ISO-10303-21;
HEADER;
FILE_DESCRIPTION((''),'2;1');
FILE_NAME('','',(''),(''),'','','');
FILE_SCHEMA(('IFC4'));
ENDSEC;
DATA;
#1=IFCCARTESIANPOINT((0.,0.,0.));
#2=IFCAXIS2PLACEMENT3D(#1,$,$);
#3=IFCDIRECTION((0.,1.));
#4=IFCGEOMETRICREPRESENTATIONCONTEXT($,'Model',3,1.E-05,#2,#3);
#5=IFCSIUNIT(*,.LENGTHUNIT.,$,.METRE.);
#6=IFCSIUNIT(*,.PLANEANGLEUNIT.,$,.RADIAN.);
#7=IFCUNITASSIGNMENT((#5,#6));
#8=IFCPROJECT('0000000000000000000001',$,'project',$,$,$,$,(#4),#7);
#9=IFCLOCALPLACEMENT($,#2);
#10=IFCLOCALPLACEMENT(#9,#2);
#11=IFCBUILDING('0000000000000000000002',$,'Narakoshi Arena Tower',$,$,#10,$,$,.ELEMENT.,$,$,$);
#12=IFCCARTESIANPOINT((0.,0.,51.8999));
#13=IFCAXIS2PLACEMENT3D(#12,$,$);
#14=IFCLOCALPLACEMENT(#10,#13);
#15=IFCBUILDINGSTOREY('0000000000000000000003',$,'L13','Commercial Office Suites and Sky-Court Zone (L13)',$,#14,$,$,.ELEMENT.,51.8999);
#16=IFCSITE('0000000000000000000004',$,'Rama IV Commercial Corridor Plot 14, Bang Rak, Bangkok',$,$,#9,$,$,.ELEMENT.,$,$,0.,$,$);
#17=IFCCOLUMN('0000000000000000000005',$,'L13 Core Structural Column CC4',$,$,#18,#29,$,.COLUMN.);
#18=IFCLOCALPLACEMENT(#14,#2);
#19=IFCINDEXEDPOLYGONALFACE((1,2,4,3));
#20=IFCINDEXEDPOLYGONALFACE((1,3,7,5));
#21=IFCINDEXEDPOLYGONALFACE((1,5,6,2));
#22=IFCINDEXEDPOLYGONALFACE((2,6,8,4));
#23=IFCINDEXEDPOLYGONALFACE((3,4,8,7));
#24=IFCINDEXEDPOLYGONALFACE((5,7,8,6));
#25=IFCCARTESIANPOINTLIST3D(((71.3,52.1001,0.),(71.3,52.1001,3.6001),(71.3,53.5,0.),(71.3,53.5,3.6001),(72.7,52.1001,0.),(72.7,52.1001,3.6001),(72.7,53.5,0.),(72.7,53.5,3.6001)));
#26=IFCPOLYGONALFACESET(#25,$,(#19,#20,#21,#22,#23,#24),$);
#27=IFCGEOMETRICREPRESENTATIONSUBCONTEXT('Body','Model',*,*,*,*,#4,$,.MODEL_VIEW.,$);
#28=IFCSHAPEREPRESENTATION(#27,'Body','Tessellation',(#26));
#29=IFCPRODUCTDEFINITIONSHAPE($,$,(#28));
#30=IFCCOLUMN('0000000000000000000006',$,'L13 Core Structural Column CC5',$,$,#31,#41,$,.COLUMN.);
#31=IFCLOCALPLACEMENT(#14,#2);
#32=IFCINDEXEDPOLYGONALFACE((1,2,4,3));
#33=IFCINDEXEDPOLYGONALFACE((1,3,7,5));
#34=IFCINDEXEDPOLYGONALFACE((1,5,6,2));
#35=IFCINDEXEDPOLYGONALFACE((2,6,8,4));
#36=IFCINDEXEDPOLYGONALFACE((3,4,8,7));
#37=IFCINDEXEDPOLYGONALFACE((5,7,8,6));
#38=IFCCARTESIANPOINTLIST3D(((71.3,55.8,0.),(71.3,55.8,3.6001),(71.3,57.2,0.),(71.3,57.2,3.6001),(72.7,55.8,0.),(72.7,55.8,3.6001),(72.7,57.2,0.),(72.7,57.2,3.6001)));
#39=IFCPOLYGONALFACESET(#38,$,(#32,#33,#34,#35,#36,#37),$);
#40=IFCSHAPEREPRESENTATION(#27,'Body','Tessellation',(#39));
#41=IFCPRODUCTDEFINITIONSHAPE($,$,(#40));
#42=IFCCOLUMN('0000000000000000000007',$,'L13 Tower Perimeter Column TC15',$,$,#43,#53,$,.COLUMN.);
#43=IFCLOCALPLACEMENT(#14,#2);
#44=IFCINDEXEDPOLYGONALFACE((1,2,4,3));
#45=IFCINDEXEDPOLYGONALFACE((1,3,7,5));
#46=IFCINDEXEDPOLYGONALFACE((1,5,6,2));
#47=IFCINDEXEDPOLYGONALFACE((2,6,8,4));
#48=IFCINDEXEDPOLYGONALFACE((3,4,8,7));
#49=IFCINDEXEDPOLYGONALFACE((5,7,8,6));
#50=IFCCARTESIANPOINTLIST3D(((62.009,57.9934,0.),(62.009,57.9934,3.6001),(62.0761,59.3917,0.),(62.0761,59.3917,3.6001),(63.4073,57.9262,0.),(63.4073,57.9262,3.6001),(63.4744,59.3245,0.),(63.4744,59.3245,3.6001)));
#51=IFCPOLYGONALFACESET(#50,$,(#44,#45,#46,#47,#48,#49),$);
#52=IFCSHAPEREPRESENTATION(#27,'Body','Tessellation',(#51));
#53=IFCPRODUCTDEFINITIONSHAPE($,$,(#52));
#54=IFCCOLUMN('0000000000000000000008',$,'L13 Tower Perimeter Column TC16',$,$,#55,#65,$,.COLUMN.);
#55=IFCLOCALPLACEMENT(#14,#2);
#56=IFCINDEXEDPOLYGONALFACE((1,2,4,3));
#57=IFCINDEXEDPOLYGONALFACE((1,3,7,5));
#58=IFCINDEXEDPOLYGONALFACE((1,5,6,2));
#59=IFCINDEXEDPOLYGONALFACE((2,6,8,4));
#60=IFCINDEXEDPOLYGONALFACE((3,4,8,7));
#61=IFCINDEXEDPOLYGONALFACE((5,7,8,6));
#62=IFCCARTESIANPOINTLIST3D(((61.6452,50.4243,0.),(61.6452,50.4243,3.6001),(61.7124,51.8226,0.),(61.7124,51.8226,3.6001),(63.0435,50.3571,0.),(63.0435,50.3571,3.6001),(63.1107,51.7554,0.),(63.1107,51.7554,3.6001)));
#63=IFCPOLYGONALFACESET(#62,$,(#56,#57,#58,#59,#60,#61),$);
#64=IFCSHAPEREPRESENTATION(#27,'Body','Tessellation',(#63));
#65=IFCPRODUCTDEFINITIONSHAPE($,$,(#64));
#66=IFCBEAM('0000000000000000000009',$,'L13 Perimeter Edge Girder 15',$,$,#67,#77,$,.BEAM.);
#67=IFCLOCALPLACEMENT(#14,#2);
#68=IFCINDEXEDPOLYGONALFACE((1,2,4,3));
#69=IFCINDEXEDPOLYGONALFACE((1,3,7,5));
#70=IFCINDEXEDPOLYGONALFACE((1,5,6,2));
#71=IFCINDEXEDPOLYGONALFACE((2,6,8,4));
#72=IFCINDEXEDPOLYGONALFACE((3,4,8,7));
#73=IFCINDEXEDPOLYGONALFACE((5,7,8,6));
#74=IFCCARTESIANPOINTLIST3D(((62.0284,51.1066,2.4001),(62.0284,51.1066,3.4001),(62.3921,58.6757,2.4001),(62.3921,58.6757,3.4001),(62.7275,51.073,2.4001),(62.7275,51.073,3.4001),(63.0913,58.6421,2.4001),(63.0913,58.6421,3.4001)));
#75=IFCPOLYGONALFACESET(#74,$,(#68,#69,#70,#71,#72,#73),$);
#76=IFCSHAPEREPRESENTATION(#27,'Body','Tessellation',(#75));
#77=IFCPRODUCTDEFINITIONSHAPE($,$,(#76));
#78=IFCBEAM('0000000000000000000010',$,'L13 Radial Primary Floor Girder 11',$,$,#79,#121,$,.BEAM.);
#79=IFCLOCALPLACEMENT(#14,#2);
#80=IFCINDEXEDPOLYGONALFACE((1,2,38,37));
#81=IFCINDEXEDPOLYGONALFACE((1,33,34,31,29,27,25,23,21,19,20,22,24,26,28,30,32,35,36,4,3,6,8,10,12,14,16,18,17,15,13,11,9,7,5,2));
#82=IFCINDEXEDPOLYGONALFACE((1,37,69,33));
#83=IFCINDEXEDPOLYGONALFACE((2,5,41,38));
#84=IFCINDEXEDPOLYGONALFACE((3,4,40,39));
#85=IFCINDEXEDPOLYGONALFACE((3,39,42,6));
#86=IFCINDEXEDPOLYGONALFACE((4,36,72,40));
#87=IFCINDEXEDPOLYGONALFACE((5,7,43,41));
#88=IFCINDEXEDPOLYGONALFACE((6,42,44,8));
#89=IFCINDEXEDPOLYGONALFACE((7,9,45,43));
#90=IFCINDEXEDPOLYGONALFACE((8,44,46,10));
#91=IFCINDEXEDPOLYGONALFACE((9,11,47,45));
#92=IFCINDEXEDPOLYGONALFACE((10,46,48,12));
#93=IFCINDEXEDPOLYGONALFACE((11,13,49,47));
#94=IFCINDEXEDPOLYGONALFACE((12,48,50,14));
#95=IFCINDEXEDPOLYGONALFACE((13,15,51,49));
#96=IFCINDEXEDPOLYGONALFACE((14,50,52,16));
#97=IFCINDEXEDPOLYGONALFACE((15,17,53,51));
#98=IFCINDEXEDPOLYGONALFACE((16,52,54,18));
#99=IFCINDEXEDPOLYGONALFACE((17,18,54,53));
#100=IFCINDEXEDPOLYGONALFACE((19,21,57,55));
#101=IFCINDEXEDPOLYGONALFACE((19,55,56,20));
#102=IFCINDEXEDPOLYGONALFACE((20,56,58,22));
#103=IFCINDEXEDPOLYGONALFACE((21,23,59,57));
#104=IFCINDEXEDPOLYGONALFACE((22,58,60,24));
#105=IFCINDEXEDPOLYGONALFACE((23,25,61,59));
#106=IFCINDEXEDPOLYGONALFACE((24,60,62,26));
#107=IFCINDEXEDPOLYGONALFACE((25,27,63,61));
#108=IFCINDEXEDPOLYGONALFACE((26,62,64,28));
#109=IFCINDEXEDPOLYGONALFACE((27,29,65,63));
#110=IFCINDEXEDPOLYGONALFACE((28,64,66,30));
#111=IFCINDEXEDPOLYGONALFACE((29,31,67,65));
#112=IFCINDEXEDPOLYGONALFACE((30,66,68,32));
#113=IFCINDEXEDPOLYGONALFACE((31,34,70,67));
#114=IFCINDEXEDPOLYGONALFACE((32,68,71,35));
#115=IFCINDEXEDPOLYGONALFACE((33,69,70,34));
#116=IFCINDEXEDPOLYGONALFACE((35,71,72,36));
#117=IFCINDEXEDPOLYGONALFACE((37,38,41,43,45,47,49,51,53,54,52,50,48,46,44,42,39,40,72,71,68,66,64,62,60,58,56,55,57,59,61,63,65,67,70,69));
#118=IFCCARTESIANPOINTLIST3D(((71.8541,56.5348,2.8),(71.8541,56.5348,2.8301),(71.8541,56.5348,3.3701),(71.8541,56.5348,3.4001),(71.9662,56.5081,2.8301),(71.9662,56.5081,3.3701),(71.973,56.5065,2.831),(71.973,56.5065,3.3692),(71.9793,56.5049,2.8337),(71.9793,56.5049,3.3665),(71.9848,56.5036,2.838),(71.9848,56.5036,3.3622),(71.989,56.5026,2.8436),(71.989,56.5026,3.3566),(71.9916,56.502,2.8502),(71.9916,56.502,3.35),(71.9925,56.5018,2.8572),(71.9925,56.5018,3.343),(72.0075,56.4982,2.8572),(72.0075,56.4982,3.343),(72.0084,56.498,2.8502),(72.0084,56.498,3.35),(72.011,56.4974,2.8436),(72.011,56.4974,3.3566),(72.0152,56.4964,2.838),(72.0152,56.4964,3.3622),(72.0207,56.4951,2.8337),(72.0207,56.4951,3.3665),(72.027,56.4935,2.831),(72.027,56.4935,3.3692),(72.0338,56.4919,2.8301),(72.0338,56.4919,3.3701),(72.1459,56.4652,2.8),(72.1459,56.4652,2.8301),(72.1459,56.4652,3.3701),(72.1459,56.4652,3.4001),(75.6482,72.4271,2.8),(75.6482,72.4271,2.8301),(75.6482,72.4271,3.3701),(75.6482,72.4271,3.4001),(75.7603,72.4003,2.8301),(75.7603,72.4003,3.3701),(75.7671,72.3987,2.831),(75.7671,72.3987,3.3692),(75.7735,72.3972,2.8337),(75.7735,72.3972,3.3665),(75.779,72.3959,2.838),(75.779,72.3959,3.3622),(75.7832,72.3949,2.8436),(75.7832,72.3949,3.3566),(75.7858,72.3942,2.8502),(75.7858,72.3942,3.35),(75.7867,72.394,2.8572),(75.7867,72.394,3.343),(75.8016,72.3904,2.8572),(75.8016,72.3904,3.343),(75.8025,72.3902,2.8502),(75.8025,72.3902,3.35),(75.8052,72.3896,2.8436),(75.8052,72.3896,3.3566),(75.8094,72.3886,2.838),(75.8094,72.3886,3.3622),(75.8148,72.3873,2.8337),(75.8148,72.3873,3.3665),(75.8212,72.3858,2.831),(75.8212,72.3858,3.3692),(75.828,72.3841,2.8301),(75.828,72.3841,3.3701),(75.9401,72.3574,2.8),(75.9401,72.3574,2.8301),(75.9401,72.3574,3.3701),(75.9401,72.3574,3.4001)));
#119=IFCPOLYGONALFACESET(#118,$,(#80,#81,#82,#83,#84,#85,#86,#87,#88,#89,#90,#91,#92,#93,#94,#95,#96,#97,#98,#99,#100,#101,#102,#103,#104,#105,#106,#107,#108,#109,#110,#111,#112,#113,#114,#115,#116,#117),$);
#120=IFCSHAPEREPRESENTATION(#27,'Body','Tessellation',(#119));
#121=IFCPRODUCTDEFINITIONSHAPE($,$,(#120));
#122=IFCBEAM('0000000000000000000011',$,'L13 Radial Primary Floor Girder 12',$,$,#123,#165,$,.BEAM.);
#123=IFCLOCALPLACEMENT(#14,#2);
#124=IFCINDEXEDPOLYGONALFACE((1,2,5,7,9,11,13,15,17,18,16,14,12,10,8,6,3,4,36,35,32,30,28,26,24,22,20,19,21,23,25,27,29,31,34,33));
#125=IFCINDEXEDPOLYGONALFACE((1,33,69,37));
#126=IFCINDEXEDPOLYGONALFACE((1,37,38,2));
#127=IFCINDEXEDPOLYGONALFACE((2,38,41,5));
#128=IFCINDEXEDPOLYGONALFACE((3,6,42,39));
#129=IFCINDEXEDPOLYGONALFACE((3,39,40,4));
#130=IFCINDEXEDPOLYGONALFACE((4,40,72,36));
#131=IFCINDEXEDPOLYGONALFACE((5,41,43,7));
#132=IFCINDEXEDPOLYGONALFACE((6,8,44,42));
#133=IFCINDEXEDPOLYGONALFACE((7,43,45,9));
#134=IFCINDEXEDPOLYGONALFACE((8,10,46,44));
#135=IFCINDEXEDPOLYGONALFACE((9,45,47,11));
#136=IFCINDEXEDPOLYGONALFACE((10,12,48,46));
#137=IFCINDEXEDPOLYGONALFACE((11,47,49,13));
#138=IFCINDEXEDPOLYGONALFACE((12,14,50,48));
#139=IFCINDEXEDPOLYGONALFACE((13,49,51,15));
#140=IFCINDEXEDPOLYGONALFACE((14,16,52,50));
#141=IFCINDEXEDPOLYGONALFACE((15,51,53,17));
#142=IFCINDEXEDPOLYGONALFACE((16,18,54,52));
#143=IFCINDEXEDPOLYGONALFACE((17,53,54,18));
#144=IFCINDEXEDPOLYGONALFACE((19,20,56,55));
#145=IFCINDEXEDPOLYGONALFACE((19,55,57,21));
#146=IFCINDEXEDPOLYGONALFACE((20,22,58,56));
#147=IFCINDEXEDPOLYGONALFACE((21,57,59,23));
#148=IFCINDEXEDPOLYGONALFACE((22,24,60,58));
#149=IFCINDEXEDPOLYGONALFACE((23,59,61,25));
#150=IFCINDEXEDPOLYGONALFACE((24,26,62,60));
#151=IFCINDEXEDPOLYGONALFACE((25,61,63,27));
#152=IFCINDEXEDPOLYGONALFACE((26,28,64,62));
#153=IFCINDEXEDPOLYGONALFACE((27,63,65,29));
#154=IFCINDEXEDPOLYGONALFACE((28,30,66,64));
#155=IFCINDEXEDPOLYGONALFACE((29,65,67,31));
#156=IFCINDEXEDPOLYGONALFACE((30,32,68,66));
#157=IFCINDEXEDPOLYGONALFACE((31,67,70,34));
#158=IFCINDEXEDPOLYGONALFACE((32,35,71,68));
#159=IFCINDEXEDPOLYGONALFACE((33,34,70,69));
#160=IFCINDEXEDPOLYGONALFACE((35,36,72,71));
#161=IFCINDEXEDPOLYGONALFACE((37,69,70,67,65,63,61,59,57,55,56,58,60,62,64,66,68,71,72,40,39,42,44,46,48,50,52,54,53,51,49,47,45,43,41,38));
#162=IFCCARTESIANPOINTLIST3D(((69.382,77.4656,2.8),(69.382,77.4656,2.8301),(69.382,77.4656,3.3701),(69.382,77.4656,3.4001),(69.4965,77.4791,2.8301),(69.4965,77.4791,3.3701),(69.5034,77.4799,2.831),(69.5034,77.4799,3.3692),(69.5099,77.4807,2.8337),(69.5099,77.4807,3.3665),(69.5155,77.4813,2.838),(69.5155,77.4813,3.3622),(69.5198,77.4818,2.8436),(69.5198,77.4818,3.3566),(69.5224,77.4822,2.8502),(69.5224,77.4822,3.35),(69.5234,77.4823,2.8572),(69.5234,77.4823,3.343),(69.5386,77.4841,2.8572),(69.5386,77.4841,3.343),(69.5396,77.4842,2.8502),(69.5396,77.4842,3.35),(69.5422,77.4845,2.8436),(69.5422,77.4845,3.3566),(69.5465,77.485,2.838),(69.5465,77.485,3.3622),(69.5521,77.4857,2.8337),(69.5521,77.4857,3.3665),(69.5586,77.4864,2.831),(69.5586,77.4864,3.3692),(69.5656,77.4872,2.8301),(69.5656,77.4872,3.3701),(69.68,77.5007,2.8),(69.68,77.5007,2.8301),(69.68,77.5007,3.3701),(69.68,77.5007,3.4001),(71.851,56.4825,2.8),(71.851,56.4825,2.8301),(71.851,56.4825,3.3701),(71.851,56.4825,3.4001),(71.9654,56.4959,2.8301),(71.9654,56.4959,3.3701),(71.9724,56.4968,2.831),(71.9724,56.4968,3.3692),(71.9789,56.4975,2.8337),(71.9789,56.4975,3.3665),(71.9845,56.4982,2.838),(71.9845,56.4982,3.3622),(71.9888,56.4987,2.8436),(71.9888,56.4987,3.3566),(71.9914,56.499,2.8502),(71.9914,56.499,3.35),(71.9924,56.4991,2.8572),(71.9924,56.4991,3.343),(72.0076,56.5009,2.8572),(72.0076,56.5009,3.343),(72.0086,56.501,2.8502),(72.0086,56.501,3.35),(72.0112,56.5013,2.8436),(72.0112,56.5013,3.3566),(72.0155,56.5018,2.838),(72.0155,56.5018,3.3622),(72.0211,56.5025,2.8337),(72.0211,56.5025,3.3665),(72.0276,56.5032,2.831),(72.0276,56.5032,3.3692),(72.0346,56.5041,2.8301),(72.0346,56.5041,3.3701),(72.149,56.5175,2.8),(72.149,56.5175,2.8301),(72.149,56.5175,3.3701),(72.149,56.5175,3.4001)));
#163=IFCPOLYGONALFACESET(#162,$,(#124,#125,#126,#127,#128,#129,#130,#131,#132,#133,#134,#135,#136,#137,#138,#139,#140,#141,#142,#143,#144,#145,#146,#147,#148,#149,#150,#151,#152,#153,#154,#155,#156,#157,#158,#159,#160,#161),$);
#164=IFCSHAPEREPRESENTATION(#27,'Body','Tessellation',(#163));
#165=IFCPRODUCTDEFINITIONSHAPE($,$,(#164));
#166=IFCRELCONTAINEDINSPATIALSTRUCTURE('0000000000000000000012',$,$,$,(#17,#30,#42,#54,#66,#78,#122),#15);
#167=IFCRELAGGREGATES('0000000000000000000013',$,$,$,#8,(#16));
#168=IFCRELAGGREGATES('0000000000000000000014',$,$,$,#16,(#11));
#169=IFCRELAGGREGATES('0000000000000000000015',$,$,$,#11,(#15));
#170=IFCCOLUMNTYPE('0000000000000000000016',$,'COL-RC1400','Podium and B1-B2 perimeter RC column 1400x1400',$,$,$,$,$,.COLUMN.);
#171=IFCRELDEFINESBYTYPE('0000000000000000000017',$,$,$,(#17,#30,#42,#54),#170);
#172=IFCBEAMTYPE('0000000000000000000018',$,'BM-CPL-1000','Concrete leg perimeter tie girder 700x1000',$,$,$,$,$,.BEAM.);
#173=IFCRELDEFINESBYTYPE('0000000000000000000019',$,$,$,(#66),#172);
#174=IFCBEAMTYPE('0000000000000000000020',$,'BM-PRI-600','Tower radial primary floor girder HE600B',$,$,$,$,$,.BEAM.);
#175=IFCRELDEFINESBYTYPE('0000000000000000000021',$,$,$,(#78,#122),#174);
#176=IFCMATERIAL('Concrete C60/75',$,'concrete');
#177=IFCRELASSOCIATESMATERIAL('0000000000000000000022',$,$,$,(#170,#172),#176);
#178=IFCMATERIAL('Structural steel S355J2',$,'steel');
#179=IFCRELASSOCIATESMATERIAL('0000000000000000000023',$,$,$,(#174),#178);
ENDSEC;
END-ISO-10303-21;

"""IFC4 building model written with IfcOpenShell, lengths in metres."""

from ifc_helpers import new_model, si_unit, direction, frame, origin, origin_2d, place, context, subcontext, project, spatial, rectangle, i_section, extrude, material, material_profile, profile_set, type_object, element, save


model = new_model("IFC4")

# Units and contexts
model_context = context("Model", 3, precision=1e-05, world=origin(), true_north=direction((0.0, 1.0)))
body_context = subcontext(model_context, "Body", "Model", "MODEL_VIEW")
ifc_project = project(units=[si_unit("LENGTHUNIT", "METRE"), si_unit("PLANEANGLEUNIT", "RADIAN")], contexts=[model_context])

# Site, building, storey
site_placement = place(None, origin())
site = spatial("IfcSite", under=ifc_project, at=site_placement, Name="Rama IV Commercial Corridor Plot 14, Bang Rak, Bangkok", CompositionType="ELEMENT", RefElevation=0.0)
building_placement = place(site_placement, origin())
building = spatial("IfcBuilding", under=site, at=building_placement, Name="Narakoshi Arena Tower", CompositionType="ELEMENT")
storey_placement = place(building_placement, frame((0.0, 0.0, 51.8999)))
storey = spatial("IfcBuildingStorey", under=building, at=storey_placement, Name="L13", Description="Commercial Office Suites and Sky-Court Zone (L13)", CompositionType="ELEMENT", Elevation=51.8999)

# Columns
ifc_material_1 = material(Name="Concrete C60/75", Category="concrete")
ifc_material_profile_1 = material_profile(ifc_material_1, rectangle(XDim=1.3999, YDim=1.3999, at=origin_2d()), Name="RC1400x1400")
ifc_profile_set_1 = profile_set([ifc_material_profile_1], Name="Concrete C60/75")
column_type = type_object("IfcColumnType", Name="COL-RC1400", Description="Podium and B1-B2 perimeter RC column 1400x1400", PredefinedType="COLUMN", material=ifc_profile_set_1)
for number, where, z_axis, x_axis, name in (
    (1, (72.0, 52.8, 0.0), (0.0, 0.0, 1.0), (1.0, 0.0, 0.0), "L13 Core Structural Column CC4"),
    (2, (72.0, 56.5, 0.0), (0.0, 0.0, 1.0), (1.0, 0.0, 0.0), "L13 Core Structural Column CC5"),
    (3, (62.7417, 58.6589, 0.0), (0.0, 0.0, 1.0), (0.047978, 0.998848, 0.0), "L13 Tower Perimeter Column TC15"),
    (4, (62.3779, 51.0898, 0.0), (0.0, 0.0, 1.0), (0.047978, 0.998848, 0.0), "L13 Tower Perimeter Column TC16"),
):
    element("IfcColumn", number, at=place(storey_placement, frame(where, z_axis=z_axis, x_axis=x_axis)), inside=storey, type_object=column_type, Name=name, PredefinedType="COLUMN", context=body_context, shape_type="SweptSolid", body=[
        extrude(rectangle(XDim=1.3999, YDim=1.3999, at=origin_2d()), origin(), (0.0, 0.0, 1.0), 3.6001),
    ])

# Beams
ifc_material_profile_2 = material_profile(ifc_material_1, rectangle(XDim=0.7, YDim=1.0, at=origin_2d()), Name="RCB700x1000")
ifc_profile_set_2 = profile_set([ifc_material_profile_2], Name="Concrete C60/75")
beam_type_1 = type_object("IfcBeamType", Name="BM-CPL-1000", Description="Concrete leg perimeter tie girder 700x1000", PredefinedType="BEAM", material=ifc_profile_set_2)
beam_1_placement = place(storey_placement, frame((62.7417, 58.6589, 2.9001), z_axis=(-0.048004, -0.998847, 0.0), x_axis=(0.998847, -0.048004, 0.0)))
element("IfcBeam", 5, at=beam_1_placement, inside=storey, type_object=beam_type_1, Name="L13 Perimeter Edge Girder 15", PredefinedType="BEAM", context=body_context, shape_type="SweptSolid", body=[
    extrude(rectangle(XDim=0.7, YDim=1.0, at=origin_2d()), origin(), (0.0, 0.0, 1.0), 7.5779),
])
ifc_material_2 = material(Name="Structural steel S355J2", Category="steel")
ifc_material_profile_3 = material_profile(ifc_material_2, i_section(OverallWidth=0.3, OverallDepth=0.6001, WebThickness=0.0154, FlangeThickness=0.03, FilletRadius=0.0271, at=origin_2d()), Name="HE600B")
ifc_profile_set_3 = profile_set([ifc_material_profile_3], Name="Structural steel S355J2")
beam_type_2 = type_object("IfcBeamType", Name="BM-PRI-600", Description="Tower radial primary floor girder HE600B", PredefinedType="BEAM", material=ifc_profile_set_3)
beam_2_placement = place(storey_placement, frame((72.0, 56.5, 3.1001), z_axis=(0.232217, 0.972664, 0.0), x_axis=(-0.972664, 0.232217, 0.0)))
element("IfcBeam", 6, at=beam_2_placement, inside=storey, type_object=beam_type_2, Name="L13 Radial Primary Floor Girder 11", PredefinedType="BEAM", context=body_context, shape_type="SweptSolid", body=[
    extrude(i_section(OverallWidth=0.3, OverallDepth=0.6001, WebThickness=0.0154, FlangeThickness=0.03, FilletRadius=0.0271, at=origin_2d()), origin(), (0.0, 0.0, 1.0), 16.3389),
])
beam_3_placement = place(storey_placement, frame((72.0, 56.5, 3.1001), z_axis=(-0.116859, 0.993148, 0.0), x_axis=(-0.993148, -0.116859, 0.0)))
element("IfcBeam", 7, at=beam_3_placement, inside=storey, type_object=beam_type_2, Name="L13 Radial Primary Floor Girder 12", PredefinedType="BEAM", context=body_context, shape_type="SweptSolid", body=[
    extrude(i_section(OverallWidth=0.3, OverallDepth=0.6001, WebThickness=0.0154, FlangeThickness=0.03, FilletRadius=0.0271, at=origin_2d()), origin(), (0.0, 0.0, 1.0), 21.1279),
])

save(model, "model.ifc")
